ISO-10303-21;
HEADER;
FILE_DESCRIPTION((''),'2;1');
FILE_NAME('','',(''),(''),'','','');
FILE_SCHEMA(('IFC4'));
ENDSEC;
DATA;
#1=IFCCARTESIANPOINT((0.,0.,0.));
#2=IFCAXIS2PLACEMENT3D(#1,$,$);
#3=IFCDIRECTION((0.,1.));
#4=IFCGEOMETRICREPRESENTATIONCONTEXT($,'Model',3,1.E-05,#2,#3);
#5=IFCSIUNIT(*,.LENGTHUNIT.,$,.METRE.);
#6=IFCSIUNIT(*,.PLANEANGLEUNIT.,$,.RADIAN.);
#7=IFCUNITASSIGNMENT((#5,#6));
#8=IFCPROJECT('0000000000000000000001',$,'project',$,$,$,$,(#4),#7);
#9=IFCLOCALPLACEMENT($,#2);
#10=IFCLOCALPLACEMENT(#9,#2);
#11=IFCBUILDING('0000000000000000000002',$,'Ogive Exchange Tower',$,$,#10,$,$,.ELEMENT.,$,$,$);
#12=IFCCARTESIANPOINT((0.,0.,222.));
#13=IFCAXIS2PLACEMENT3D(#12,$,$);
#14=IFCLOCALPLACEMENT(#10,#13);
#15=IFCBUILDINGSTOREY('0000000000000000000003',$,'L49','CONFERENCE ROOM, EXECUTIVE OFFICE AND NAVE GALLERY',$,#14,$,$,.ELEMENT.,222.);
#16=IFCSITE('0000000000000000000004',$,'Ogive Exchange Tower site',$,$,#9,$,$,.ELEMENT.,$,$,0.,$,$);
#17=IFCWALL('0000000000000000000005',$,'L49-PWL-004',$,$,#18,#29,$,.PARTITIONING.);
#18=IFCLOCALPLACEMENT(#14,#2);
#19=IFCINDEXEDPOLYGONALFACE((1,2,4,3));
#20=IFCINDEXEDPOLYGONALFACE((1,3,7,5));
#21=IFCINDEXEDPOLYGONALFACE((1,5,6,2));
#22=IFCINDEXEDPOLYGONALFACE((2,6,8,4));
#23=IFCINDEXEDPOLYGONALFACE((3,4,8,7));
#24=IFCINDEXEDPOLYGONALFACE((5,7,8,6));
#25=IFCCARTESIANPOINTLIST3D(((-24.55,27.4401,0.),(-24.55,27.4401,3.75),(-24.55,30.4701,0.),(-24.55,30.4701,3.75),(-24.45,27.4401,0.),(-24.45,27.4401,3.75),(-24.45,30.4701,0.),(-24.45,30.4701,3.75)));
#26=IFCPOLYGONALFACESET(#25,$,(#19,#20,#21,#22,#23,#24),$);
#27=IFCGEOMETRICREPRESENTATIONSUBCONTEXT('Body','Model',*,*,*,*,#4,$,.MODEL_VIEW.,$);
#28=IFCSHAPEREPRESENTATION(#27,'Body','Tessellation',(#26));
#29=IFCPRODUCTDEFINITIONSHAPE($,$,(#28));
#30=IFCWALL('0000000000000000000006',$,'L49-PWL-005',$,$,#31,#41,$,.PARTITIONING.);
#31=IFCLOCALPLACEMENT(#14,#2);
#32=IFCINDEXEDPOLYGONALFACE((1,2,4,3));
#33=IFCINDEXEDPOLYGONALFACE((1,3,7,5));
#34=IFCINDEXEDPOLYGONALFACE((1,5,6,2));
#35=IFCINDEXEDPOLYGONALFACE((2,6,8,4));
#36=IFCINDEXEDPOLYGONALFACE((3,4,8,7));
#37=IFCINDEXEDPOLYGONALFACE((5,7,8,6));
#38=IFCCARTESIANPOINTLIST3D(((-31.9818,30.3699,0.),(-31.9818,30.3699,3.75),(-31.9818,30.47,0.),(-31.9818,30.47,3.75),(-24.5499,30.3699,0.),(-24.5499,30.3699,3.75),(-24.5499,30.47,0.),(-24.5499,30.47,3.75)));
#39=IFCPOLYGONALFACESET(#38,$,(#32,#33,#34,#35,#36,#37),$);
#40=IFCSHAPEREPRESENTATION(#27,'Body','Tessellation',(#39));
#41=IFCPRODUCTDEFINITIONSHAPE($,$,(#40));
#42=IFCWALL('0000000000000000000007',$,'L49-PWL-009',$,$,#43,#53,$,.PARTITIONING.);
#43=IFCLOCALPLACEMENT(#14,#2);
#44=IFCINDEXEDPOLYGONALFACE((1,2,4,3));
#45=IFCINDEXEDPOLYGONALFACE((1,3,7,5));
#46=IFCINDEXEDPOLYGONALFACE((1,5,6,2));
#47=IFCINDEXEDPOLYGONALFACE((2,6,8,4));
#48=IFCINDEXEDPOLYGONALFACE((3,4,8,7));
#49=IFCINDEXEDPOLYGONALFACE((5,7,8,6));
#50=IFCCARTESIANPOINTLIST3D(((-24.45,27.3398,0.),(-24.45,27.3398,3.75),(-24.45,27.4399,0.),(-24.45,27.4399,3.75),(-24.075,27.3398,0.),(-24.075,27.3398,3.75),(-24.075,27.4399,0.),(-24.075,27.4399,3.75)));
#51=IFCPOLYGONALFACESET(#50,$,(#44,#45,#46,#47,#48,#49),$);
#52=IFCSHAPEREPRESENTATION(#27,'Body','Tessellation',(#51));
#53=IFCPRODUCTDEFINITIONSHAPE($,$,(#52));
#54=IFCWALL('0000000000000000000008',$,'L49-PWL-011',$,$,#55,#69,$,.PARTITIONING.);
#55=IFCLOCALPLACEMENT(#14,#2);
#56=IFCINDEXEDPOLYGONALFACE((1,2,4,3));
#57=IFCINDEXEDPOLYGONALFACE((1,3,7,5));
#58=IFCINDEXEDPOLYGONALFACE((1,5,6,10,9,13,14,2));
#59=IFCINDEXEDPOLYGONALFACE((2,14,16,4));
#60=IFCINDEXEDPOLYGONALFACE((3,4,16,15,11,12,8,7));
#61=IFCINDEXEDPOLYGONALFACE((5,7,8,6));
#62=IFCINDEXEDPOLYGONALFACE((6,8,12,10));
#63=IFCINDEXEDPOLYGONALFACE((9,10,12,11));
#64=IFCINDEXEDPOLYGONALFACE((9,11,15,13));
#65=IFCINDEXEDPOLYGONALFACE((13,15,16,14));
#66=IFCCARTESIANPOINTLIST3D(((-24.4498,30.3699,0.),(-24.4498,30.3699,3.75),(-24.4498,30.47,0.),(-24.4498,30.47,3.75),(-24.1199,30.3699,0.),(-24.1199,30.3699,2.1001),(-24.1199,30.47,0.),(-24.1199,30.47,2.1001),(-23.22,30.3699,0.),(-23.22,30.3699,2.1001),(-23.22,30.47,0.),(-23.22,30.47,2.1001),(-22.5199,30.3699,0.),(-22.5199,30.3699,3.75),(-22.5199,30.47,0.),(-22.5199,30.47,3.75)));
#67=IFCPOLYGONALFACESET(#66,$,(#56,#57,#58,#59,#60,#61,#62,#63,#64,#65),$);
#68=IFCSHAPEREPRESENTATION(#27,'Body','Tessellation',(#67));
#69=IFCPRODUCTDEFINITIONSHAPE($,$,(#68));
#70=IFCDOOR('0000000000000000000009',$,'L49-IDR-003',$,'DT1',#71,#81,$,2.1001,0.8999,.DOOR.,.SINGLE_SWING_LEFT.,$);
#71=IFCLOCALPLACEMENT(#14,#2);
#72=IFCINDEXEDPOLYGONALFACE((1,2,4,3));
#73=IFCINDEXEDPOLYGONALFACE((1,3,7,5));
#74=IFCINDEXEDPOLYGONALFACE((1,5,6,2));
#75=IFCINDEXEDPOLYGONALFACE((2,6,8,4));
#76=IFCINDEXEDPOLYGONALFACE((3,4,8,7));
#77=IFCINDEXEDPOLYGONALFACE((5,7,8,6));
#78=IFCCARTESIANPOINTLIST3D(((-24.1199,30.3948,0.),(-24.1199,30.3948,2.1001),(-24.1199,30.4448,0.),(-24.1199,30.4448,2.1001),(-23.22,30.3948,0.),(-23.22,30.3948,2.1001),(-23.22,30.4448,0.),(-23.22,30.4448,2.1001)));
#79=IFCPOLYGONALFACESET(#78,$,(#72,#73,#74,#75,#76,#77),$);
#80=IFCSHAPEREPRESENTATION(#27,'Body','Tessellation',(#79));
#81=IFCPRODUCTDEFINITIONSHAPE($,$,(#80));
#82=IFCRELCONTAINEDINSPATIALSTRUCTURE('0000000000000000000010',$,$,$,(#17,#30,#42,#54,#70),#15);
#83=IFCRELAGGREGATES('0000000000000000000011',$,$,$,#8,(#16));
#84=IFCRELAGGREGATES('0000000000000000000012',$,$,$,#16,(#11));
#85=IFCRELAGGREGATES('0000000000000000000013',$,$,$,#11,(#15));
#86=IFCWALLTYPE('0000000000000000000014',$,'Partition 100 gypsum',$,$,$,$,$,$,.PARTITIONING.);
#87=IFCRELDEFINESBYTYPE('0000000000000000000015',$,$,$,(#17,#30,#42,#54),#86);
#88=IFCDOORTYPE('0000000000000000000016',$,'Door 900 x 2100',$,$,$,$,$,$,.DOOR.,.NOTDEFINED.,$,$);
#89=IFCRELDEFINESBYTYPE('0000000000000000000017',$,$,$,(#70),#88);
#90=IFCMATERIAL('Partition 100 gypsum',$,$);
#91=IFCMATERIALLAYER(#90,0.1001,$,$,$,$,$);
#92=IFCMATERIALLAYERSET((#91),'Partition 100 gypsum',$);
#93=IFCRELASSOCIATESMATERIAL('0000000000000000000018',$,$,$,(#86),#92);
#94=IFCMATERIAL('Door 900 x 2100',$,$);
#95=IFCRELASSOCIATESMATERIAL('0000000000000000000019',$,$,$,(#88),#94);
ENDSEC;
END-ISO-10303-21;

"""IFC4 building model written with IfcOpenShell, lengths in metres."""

from ifc_helpers import new_model, si_unit, direction, frame, frame_2d, origin, place, context, subcontext, project, spatial, rectangle, extrude, material, layer, layer_set, type_object, element, fill, save


model = new_model("IFC4")

# Units and contexts
model_context = context("Model", 3, precision=1e-05, world=origin(), true_north=direction((0.0, 1.0)))
body_context = subcontext(model_context, "Body", "Model", "MODEL_VIEW")
ifc_project = project(units=[si_unit("LENGTHUNIT", "METRE"), si_unit("PLANEANGLEUNIT", "RADIAN")], contexts=[model_context])

# Site, building, storey
site_placement = place(None, origin())
site = spatial("IfcSite", under=ifc_project, at=site_placement, Name="Ogive Exchange Tower site", CompositionType="ELEMENT", RefElevation=0.0)
building_placement = place(site_placement, origin())
building = spatial("IfcBuilding", under=site, at=building_placement, Name="Ogive Exchange Tower", CompositionType="ELEMENT")
storey_placement = place(building_placement, frame((0.0, 0.0, 222.0)))
storey = spatial("IfcBuildingStorey", under=building, at=storey_placement, Name="L49", Description="CONFERENCE ROOM, EXECUTIVE OFFICE AND NAVE GALLERY", CompositionType="ELEMENT", Elevation=222.0)

# Walls
ifc_material_1 = material(Name="Partition 100 gypsum")
ifc_layer_1 = layer(ifc_material_1, 0.1001)
ifc_layer_set_1 = layer_set([ifc_layer_1], Name="Partition 100 gypsum")
wall_type_1 = type_object("IfcWallType", Name="Partition 100 gypsum", PredefinedType="PARTITIONING", material=ifc_layer_set_1)
wall_1_placement = place(storey_placement, frame((-24.5, 27.4399, 0.0), z_axis=(0.0, 0.0, 1.0), x_axis=(0.0, 1.0, 0.0)))
element("IfcWall", 1, at=wall_1_placement, inside=storey, type_object=wall_type_1, Name="L49-PWL-004", PredefinedType="PARTITIONING", context=body_context, shape_type="SweptSolid", body=[
    extrude(rectangle(XDim=3.03, YDim=0.1001, at=frame_2d((1.5151, 0.0))), origin(), (0.0, 0.0, 1.0), 3.75),
])
wall_2_placement = place(storey_placement, frame((-24.55, 30.4199, 0.0), z_axis=(0.0, 0.0, 1.0), x_axis=(-1.0, 0.0, 0.0)))
element("IfcWall", 2, at=wall_2_placement, inside=storey, type_object=wall_type_1, Name="L49-PWL-005", PredefinedType="PARTITIONING", context=body_context, shape_type="SweptSolid", body=[
    extrude(rectangle(XDim=7.4319, YDim=0.1001, at=frame_2d((3.7158, 0.0))), origin(), (0.0, 0.0, 1.0), 3.75),
])
wall_3_placement = place(storey_placement, frame((-24.075, 27.3899, 0.0), z_axis=(0.0, 0.0, 1.0), x_axis=(-1.0, 0.0, 0.0)))
element("IfcWall", 3, at=wall_3_placement, inside=storey, type_object=wall_type_1, Name="L49-PWL-009", PredefinedType="PARTITIONING", context=body_context, shape_type="SweptSolid", body=[
    extrude(rectangle(XDim=0.375, YDim=0.1001, at=frame_2d((0.1875, 0.0))), origin(), (0.0, 0.0, 1.0), 3.75),
])

# Wall, opening, door
wall_4_placement = place(storey_placement, frame((-22.52, 30.4199, 0.0), z_axis=(0.0, 0.0, 1.0), x_axis=(-1.0, 0.0, 0.0)))
wall_4 = element("IfcWall", 4, at=wall_4_placement, inside=storey, type_object=wall_type_1, Name="L49-PWL-011", PredefinedType="PARTITIONING", context=body_context, shape_type="SweptSolid", body=[
    extrude(rectangle(XDim=1.9299, YDim=0.1001, at=frame_2d((0.9648, 0.0))), origin(), (0.0, 0.0, 1.0), 3.75),
])
opening_1_placement = place(wall_4_placement, frame((0.7, 0.0, 0.0)))
opening_1 = element("IfcOpeningElement", 5, at=opening_1_placement, cuts=wall_4, PredefinedType="OPENING", context=body_context, shape_type="SweptSolid", body=[
    extrude(rectangle(XDim=0.8999, YDim=2.1001, at=frame_2d((0.45, 1.05))), frame((0.0, 0.0601, 0.0), z_axis=(0.0, -1.0, 0.0), x_axis=(1.0, 0.0, 0.0)), (0.0, 0.0, 1.0), 0.1201),
])
ifc_material_2 = material(Name="Door 900 x 2100")
door_type_1 = type_object("IfcDoorType", Name="Door 900 x 2100", OperationType="NOTDEFINED", PredefinedType="DOOR", material=ifc_material_2)
door_1_placement = place(opening_1_placement, frame((0.8999, 0.0, 0.0), z_axis=(0.0, 0.0, 1.0), x_axis=(-1.0, 0.0, 0.0)))
door_1 = element("IfcDoor", 6, at=door_1_placement, inside=storey, type_object=door_type_1, Name="L49-IDR-003", ObjectType="DT1", OperationType="SINGLE_SWING_LEFT", OverallHeight=2.1001, OverallWidth=0.8999, PredefinedType="DOOR", context=body_context, shape_type="SweptSolid", body=[
    extrude(rectangle(XDim=0.8999, YDim=2.1001, at=frame_2d((0.45, 1.05))), frame((0.0, 0.0249, 0.0), z_axis=(0.0, -1.0, 0.0), x_axis=(1.0, 0.0, 0.0)), (0.0, 0.0, 1.0), 0.05),
])
fill(opening_1, door_1)

save(model, "model.ifc")
